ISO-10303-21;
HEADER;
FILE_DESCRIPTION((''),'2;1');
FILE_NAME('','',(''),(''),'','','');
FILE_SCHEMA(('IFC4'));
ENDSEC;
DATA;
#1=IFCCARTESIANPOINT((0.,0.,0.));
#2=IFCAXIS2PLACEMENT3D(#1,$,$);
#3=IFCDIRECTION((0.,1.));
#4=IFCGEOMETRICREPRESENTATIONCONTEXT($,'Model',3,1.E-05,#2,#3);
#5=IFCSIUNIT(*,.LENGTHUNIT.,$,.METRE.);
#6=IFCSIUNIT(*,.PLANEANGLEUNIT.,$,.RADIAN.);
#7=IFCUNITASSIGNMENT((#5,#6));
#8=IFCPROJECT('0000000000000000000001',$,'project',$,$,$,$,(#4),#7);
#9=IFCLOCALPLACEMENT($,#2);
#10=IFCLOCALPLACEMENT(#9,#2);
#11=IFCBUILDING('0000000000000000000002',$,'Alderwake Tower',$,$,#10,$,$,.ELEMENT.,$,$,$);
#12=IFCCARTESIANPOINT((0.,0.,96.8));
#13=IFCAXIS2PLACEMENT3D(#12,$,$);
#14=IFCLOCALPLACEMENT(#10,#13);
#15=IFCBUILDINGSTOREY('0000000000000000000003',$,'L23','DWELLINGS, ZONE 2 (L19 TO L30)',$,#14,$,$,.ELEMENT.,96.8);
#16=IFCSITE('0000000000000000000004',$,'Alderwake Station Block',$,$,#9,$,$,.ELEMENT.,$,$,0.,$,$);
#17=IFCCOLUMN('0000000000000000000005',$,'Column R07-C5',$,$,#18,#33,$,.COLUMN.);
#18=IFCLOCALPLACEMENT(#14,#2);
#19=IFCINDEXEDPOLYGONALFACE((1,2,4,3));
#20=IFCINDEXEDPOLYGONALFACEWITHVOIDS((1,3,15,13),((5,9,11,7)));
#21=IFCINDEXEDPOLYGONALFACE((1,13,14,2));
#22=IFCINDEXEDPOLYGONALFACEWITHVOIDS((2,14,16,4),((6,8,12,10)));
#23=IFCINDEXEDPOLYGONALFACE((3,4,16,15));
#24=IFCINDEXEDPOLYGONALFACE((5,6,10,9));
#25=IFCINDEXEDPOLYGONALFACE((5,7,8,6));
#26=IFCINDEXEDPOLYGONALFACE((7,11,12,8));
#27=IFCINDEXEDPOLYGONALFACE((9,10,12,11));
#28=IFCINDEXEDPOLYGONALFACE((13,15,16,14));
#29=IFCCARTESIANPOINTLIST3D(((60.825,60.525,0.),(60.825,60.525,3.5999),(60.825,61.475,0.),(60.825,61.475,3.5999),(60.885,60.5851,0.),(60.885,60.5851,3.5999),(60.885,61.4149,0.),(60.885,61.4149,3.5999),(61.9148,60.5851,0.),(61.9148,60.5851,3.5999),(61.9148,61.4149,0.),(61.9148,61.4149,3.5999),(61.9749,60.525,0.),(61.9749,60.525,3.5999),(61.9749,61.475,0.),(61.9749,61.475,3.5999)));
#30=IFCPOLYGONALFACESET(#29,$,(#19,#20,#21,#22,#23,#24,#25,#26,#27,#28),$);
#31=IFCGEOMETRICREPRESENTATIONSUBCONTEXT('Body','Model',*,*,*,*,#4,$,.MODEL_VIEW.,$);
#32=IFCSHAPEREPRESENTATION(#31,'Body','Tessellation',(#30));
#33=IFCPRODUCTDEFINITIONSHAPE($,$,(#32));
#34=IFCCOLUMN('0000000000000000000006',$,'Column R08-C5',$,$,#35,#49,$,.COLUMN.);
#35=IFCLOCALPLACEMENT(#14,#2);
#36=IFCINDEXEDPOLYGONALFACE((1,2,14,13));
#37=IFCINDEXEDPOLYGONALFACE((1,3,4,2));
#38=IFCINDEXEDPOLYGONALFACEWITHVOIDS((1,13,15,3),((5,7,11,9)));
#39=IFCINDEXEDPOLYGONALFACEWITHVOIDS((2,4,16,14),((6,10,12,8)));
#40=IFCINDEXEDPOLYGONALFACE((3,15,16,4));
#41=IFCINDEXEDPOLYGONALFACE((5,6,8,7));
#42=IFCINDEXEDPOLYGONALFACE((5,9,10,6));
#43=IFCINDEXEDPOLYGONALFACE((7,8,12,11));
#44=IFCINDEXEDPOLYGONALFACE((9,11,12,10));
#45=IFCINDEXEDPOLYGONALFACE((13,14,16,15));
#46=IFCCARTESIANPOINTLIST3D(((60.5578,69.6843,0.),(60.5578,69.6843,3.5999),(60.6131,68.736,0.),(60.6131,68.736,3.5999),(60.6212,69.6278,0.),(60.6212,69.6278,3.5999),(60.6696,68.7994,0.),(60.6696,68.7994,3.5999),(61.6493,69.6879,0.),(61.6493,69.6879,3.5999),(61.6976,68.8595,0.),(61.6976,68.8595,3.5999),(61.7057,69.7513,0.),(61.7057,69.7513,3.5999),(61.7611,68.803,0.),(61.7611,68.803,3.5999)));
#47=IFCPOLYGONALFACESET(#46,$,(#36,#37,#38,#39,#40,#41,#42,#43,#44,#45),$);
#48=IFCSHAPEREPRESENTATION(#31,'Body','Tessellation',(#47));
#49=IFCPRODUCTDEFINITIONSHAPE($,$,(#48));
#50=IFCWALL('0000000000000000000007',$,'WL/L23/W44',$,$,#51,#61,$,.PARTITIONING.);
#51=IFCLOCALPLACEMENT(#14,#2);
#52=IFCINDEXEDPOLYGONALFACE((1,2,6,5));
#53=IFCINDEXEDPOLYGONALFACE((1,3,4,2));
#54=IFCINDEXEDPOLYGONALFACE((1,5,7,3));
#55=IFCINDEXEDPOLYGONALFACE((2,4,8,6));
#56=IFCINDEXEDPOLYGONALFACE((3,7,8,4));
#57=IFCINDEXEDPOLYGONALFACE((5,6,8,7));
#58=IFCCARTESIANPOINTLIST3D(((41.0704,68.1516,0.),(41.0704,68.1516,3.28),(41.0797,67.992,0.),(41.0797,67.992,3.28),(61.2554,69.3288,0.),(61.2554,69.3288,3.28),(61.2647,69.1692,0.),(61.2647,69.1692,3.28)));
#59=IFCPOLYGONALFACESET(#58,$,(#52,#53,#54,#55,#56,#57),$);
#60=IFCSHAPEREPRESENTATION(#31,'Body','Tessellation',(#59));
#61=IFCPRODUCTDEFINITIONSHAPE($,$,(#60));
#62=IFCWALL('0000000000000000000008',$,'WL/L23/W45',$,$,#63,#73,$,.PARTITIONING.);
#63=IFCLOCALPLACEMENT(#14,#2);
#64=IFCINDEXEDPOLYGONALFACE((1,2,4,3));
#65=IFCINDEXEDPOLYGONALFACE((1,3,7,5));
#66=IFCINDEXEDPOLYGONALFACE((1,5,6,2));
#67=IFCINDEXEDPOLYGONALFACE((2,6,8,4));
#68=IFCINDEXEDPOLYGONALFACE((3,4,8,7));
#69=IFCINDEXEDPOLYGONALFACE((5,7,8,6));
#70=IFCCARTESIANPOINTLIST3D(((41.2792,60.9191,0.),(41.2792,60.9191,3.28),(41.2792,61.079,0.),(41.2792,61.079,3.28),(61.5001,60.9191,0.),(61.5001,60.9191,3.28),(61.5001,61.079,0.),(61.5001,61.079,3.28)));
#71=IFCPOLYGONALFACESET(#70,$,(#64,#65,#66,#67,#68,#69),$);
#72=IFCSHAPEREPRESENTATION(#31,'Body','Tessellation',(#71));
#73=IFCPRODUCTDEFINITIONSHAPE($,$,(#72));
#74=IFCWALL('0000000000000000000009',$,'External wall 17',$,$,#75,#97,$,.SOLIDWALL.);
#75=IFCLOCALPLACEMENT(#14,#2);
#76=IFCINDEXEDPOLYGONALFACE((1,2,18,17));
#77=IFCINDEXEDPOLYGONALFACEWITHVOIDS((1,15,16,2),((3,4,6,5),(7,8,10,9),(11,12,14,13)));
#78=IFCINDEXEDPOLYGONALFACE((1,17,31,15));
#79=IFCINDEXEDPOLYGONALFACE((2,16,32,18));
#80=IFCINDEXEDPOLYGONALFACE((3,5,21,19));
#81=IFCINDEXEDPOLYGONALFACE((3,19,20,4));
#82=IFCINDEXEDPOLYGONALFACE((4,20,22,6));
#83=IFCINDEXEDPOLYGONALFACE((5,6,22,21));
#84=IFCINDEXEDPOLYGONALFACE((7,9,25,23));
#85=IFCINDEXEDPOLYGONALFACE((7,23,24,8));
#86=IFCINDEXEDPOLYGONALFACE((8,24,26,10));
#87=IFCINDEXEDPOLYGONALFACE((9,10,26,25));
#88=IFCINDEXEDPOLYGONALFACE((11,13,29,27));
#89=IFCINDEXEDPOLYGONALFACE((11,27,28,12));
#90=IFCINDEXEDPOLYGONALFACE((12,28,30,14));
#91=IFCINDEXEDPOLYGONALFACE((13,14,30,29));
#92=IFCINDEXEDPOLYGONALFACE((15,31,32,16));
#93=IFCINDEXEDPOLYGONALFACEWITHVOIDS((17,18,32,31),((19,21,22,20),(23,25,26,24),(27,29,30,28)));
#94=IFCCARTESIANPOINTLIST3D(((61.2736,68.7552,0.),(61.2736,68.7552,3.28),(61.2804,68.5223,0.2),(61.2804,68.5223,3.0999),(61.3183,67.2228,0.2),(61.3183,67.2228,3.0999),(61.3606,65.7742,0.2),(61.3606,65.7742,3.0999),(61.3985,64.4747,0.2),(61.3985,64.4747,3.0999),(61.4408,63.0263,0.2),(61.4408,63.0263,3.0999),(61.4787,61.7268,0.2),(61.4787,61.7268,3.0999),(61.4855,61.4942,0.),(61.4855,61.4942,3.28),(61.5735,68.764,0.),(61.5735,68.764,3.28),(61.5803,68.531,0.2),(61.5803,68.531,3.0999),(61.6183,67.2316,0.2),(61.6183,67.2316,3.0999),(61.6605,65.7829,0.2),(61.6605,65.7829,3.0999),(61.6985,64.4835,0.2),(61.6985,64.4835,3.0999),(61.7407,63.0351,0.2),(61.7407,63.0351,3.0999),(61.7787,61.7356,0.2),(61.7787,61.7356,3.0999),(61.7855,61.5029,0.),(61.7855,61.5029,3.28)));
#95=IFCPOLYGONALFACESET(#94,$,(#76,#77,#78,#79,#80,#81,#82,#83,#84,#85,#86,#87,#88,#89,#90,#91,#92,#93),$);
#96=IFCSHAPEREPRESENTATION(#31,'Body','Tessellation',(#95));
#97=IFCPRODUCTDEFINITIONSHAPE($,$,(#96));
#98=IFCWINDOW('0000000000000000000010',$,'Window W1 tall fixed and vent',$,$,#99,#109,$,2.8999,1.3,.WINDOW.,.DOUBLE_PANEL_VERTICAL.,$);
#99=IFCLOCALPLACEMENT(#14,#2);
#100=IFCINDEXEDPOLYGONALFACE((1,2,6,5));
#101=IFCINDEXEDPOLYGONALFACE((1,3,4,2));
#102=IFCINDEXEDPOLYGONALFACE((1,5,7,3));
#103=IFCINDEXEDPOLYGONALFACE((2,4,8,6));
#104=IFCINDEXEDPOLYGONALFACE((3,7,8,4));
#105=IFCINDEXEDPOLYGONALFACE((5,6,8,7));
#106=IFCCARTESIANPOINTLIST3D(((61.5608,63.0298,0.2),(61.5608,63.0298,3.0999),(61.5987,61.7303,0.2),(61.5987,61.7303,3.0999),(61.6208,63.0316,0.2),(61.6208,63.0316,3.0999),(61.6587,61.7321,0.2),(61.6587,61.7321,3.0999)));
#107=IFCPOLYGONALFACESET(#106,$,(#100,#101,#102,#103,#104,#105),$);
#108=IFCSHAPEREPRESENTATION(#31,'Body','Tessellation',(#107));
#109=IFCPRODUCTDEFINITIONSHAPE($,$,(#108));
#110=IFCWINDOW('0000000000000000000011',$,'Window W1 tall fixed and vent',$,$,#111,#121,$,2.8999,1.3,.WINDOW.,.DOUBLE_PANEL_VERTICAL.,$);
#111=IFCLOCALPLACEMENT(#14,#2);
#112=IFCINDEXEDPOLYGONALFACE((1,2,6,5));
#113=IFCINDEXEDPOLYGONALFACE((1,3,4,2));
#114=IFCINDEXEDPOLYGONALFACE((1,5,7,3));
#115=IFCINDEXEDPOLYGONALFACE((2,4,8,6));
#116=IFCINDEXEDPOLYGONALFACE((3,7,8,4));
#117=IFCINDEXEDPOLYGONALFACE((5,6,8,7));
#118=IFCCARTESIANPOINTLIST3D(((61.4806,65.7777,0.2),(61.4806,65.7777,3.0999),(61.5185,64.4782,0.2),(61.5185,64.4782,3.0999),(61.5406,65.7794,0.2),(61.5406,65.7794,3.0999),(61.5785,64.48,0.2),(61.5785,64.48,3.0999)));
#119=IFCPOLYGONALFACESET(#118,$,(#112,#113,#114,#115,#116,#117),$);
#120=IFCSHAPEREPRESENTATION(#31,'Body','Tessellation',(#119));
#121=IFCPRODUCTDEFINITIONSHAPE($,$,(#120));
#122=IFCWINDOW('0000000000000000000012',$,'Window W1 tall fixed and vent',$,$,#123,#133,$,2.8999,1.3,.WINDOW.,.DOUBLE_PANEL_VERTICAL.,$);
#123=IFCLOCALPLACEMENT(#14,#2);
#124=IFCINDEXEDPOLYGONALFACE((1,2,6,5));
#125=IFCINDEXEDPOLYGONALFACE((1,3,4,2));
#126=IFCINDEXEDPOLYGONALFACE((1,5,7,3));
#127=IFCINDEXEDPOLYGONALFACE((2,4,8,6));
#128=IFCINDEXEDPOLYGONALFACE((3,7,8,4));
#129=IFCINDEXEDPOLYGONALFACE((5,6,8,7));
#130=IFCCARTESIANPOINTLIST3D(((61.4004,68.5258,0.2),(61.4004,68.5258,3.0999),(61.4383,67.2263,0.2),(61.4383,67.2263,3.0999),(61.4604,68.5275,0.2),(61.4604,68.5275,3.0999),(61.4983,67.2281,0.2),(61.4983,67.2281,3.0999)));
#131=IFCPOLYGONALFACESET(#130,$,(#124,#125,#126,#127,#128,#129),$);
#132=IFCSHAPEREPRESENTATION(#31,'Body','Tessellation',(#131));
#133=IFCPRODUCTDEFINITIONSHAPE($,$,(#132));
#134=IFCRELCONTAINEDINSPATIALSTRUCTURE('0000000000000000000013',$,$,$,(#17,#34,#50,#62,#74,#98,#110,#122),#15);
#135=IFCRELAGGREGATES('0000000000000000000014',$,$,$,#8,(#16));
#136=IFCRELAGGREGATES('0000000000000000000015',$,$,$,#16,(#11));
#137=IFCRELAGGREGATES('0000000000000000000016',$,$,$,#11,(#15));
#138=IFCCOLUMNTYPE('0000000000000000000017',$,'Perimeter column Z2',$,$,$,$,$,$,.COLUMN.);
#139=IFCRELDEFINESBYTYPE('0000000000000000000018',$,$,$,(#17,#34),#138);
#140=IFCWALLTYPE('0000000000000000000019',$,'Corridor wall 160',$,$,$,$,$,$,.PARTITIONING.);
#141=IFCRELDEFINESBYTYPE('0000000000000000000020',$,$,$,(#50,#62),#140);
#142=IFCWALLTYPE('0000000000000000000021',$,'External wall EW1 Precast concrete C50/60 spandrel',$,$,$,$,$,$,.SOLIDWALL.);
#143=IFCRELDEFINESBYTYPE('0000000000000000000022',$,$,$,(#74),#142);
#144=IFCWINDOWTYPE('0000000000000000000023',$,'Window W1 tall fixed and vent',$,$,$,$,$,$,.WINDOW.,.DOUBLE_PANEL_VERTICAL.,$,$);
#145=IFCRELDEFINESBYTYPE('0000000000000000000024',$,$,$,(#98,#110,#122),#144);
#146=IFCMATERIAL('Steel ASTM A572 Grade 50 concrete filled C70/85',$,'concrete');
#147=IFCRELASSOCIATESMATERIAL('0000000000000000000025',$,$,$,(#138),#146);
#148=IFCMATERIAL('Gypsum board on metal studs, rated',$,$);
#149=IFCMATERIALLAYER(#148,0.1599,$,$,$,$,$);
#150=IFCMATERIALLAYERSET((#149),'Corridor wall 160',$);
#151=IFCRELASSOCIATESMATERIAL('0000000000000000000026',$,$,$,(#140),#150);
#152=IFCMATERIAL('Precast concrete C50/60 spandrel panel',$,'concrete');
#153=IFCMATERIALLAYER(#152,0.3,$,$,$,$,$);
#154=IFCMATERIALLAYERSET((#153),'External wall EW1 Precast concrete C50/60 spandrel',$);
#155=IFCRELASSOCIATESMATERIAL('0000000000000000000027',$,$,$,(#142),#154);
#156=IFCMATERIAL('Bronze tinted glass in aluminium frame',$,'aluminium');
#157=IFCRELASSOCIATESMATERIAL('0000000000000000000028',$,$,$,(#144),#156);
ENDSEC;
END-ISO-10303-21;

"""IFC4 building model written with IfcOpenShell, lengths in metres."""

from ifc_helpers import new_model, si_unit, direction, frame, frame_2d, origin, origin_2d, place, context, subcontext, project, spatial, rectangle, hollow_rectangle, extrude, material, layer, layer_set, material_profile, profile_set, type_object, element, fill, save


model = new_model("IFC4")

# Units and contexts
model_context = context("Model", 3, precision=1e-05, world=origin(), true_north=direction((0.0, 1.0)))
body_context = subcontext(model_context, "Body", "Model", "MODEL_VIEW")
ifc_project = project(units=[si_unit("LENGTHUNIT", "METRE"), si_unit("PLANEANGLEUNIT", "RADIAN")], contexts=[model_context])

# Site, building, storey
site_placement = place(None, origin())
site = spatial("IfcSite", under=ifc_project, at=site_placement, Name="Alderwake Station Block", CompositionType="ELEMENT", RefElevation=0.0)
building_placement = place(site_placement, origin())
building = spatial("IfcBuilding", under=site, at=building_placement, Name="Alderwake Tower", CompositionType="ELEMENT")
storey_placement = place(building_placement, frame((0.0, 0.0, 96.8)))
storey = spatial("IfcBuildingStorey", under=building, at=storey_placement, Name="L23", Description="DWELLINGS, ZONE 2 (L19 TO L30)", CompositionType="ELEMENT", Elevation=96.8)

# Columns
ifc_material_1 = material(Name="Steel ASTM A572 Grade 50 concrete filled C70/85", Category="concrete")
ifc_material_profile = material_profile(ifc_material_1, hollow_rectangle(XDim=0.95, YDim=1.1499, WallThickness=0.0601, at=origin_2d()), Name="BOX 1150X950X60")
ifc_profile_set = profile_set([ifc_material_profile], Name="Steel ASTM A572 Grade 50 concrete filled C70/85")
column_type = type_object("IfcColumnType", Name="Perimeter column Z2", PredefinedType="COLUMN", material=ifc_profile_set)
for number, where, z_axis, x_axis, name in (
    (1, (61.3999, 61.0, 0.0), (0.0, 0.0, 1.0), (0.0, 1.0, 0.0), "Column R07-C5"),
    (2, (61.1594, 69.2437, 0.0), (0.0, 0.0, 1.0), (-0.058301, 0.998299, 0.0), "Column R08-C5"),
):
    element("IfcColumn", number, at=place(storey_placement, frame(where, z_axis=z_axis, x_axis=x_axis)), inside=storey, type_object=column_type, Name=name, PredefinedType="COLUMN", context=body_context, shape_type="SweptSolid", body=[
        extrude(hollow_rectangle(XDim=0.95, YDim=1.1499, WallThickness=0.0601, at=origin_2d()), origin(), (0.0, 0.0, 1.0), 3.5999),
    ])

# Walls
ifc_material_2 = material(Name="Gypsum board on metal studs, rated")
ifc_layer_1 = layer(ifc_material_2, 0.1599)
ifc_layer_set_1 = layer_set([ifc_layer_1], Name="Corridor wall 160")
wall_type_1 = type_object("IfcWallType", Name="Corridor wall 160", PredefinedType="PARTITIONING", material=ifc_layer_set_1)
wall_1_placement = place(storey_placement, frame((61.26, 69.249, 0.0), z_axis=(0.0, 0.0, 1.0), x_axis=(-0.998304, -0.058224, 0.0)))
element("IfcWall", 3, at=wall_1_placement, inside=storey, type_object=wall_type_1, Name="WL/L23/W44", PredefinedType="PARTITIONING", context=body_context, shape_type="SweptSolid", body=[
    extrude(rectangle(XDim=20.2192, YDim=0.1599, at=frame_2d((10.1096, 0.0))), origin(), (0.0, 0.0, 1.0), 3.28),
])
wall_2_placement = place(storey_placement, frame((61.5, 60.999, 0.0), z_axis=(0.0, 0.0, 1.0), x_axis=(-1.0, 0.0, 0.0)))
element("IfcWall", 4, at=wall_2_placement, inside=storey, type_object=wall_type_1, Name="WL/L23/W45", PredefinedType="PARTITIONING", context=body_context, shape_type="SweptSolid", body=[
    extrude(rectangle(XDim=20.2209, YDim=0.1599, at=frame_2d((10.1104, 0.0))), origin(), (0.0, 0.0, 1.0), 3.28),
])

# Wall, openings, windows
ifc_material_3 = material(Name="Precast concrete C50/60 spandrel panel", Category="concrete")
ifc_layer_2 = layer(ifc_material_3, 0.3)
ifc_layer_set_2 = layer_set([ifc_layer_2], Name="External wall EW1 Precast concrete C50/60 spandrel")
wall_type_2 = type_object("IfcWallType", Name="External wall EW1 Precast concrete C50/60 spandrel", PredefinedType="SOLIDWALL", material=ifc_layer_set_2)
wall_3_placement = place(storey_placement, frame((61.6355, 61.4985, 0.0), z_axis=(0.0, 0.0, 1.0), x_axis=(-0.029173, 0.999574, 0.0)))
wall_3 = element("IfcWall", 5, at=wall_3_placement, inside=storey, type_object=wall_type_2, Name="External wall 17", PredefinedType="SOLIDWALL", context=body_context, shape_type="SweptSolid", body=[
    extrude(rectangle(XDim=7.2642, YDim=0.3, at=frame_2d((3.6321, 0.0))), origin(), (0.0, 0.0, 1.0), 3.28),
])
opening_1_placement = place(wall_3_placement, frame((0.2329, 0.0, 0.2)))
opening_1 = element("IfcOpeningElement", 6, at=opening_1_placement, cuts=wall_3, PredefinedType="OPENING", context=body_context, shape_type="SweptSolid", body=[
    extrude(rectangle(XDim=1.3, YDim=2.8999, at=frame_2d((0.6499, 1.45))), frame((0.0, 0.1599, 0.0), z_axis=(0.0, -1.0, 0.0), x_axis=(1.0, 0.0, 0.0)), (0.0, 0.0, 1.0), 0.3201),
])
opening_2_placement = place(wall_3_placement, frame((2.9819, 0.0, 0.2)))
opening_2 = element("IfcOpeningElement", 7, at=opening_2_placement, cuts=wall_3, PredefinedType="OPENING", context=body_context, shape_type="SweptSolid", body=[
    extrude(rectangle(XDim=1.3, YDim=2.8999, at=frame_2d((0.6499, 1.45))), frame((0.0, 0.1599, 0.0), z_axis=(0.0, -1.0, 0.0), x_axis=(1.0, 0.0, 0.0)), (0.0, 0.0, 1.0), 0.3201),
])
opening_3_placement = place(wall_3_placement, frame((5.7312, 0.0, 0.2)))
opening_3 = element("IfcOpeningElement", 8, at=opening_3_placement, cuts=wall_3, PredefinedType="OPENING", context=body_context, shape_type="SweptSolid", body=[
    extrude(rectangle(XDim=1.3, YDim=2.8999, at=frame_2d((0.6499, 1.45))), frame((0.0, 0.1599, 0.0), z_axis=(0.0, -1.0, 0.0), x_axis=(1.0, 0.0, 0.0)), (0.0, 0.0, 1.0), 0.3201),
])
ifc_material_4 = material(Name="Bronze tinted glass in aluminium frame", Category="aluminium")
window_type = type_object("IfcWindowType", Name="Window W1 tall fixed and vent", PartitioningType="DOUBLE_PANEL_VERTICAL", PredefinedType="WINDOW", material=ifc_material_4)
window_1_placement = place(opening_1_placement, origin())
window_1 = element("IfcWindow", 9, at=window_1_placement, inside=storey, type_object=window_type, Name="Window W1 tall fixed and vent", OverallHeight=2.8999, OverallWidth=1.3, PartitioningType="DOUBLE_PANEL_VERTICAL", PredefinedType="WINDOW", context=body_context, shape_type="SweptSolid", body=[
    extrude(rectangle(XDim=1.3, YDim=2.8999, at=frame_2d((0.6499, 1.45))), frame((0.0, 0.03, 0.0), z_axis=(0.0, -1.0, 0.0), x_axis=(1.0, 0.0, 0.0)), (0.0, 0.0, 1.0), 0.0601),
])
fill(opening_1, window_1)
window_2_placement = place(opening_2_placement, origin())
window_2 = element("IfcWindow", 10, at=window_2_placement, inside=storey, type_object=window_type, Name="Window W1 tall fixed and vent", OverallHeight=2.8999, OverallWidth=1.3, PartitioningType="DOUBLE_PANEL_VERTICAL", PredefinedType="WINDOW", context=body_context, shape_type="SweptSolid", body=[
    extrude(rectangle(XDim=1.3, YDim=2.8999, at=frame_2d((0.6499, 1.45))), frame((0.0, 0.03, 0.0), z_axis=(0.0, -1.0, 0.0), x_axis=(1.0, 0.0, 0.0)), (0.0, 0.0, 1.0), 0.0601),
])
fill(opening_2, window_2)
window_3_placement = place(opening_3_placement, origin())
window_3 = element("IfcWindow", 11, at=window_3_placement, inside=storey, type_object=window_type, Name="Window W1 tall fixed and vent", OverallHeight=2.8999, OverallWidth=1.3, PartitioningType="DOUBLE_PANEL_VERTICAL", PredefinedType="WINDOW", context=body_context, shape_type="SweptSolid", body=[
    extrude(rectangle(XDim=1.3, YDim=2.8999, at=frame_2d((0.6499, 1.45))), frame((0.0, 0.03, 0.0), z_axis=(0.0, -1.0, 0.0), x_axis=(1.0, 0.0, 0.0)), (0.0, 0.0, 1.0), 0.0601),
])
fill(opening_3, window_3)

save(model, "model.ifc")
